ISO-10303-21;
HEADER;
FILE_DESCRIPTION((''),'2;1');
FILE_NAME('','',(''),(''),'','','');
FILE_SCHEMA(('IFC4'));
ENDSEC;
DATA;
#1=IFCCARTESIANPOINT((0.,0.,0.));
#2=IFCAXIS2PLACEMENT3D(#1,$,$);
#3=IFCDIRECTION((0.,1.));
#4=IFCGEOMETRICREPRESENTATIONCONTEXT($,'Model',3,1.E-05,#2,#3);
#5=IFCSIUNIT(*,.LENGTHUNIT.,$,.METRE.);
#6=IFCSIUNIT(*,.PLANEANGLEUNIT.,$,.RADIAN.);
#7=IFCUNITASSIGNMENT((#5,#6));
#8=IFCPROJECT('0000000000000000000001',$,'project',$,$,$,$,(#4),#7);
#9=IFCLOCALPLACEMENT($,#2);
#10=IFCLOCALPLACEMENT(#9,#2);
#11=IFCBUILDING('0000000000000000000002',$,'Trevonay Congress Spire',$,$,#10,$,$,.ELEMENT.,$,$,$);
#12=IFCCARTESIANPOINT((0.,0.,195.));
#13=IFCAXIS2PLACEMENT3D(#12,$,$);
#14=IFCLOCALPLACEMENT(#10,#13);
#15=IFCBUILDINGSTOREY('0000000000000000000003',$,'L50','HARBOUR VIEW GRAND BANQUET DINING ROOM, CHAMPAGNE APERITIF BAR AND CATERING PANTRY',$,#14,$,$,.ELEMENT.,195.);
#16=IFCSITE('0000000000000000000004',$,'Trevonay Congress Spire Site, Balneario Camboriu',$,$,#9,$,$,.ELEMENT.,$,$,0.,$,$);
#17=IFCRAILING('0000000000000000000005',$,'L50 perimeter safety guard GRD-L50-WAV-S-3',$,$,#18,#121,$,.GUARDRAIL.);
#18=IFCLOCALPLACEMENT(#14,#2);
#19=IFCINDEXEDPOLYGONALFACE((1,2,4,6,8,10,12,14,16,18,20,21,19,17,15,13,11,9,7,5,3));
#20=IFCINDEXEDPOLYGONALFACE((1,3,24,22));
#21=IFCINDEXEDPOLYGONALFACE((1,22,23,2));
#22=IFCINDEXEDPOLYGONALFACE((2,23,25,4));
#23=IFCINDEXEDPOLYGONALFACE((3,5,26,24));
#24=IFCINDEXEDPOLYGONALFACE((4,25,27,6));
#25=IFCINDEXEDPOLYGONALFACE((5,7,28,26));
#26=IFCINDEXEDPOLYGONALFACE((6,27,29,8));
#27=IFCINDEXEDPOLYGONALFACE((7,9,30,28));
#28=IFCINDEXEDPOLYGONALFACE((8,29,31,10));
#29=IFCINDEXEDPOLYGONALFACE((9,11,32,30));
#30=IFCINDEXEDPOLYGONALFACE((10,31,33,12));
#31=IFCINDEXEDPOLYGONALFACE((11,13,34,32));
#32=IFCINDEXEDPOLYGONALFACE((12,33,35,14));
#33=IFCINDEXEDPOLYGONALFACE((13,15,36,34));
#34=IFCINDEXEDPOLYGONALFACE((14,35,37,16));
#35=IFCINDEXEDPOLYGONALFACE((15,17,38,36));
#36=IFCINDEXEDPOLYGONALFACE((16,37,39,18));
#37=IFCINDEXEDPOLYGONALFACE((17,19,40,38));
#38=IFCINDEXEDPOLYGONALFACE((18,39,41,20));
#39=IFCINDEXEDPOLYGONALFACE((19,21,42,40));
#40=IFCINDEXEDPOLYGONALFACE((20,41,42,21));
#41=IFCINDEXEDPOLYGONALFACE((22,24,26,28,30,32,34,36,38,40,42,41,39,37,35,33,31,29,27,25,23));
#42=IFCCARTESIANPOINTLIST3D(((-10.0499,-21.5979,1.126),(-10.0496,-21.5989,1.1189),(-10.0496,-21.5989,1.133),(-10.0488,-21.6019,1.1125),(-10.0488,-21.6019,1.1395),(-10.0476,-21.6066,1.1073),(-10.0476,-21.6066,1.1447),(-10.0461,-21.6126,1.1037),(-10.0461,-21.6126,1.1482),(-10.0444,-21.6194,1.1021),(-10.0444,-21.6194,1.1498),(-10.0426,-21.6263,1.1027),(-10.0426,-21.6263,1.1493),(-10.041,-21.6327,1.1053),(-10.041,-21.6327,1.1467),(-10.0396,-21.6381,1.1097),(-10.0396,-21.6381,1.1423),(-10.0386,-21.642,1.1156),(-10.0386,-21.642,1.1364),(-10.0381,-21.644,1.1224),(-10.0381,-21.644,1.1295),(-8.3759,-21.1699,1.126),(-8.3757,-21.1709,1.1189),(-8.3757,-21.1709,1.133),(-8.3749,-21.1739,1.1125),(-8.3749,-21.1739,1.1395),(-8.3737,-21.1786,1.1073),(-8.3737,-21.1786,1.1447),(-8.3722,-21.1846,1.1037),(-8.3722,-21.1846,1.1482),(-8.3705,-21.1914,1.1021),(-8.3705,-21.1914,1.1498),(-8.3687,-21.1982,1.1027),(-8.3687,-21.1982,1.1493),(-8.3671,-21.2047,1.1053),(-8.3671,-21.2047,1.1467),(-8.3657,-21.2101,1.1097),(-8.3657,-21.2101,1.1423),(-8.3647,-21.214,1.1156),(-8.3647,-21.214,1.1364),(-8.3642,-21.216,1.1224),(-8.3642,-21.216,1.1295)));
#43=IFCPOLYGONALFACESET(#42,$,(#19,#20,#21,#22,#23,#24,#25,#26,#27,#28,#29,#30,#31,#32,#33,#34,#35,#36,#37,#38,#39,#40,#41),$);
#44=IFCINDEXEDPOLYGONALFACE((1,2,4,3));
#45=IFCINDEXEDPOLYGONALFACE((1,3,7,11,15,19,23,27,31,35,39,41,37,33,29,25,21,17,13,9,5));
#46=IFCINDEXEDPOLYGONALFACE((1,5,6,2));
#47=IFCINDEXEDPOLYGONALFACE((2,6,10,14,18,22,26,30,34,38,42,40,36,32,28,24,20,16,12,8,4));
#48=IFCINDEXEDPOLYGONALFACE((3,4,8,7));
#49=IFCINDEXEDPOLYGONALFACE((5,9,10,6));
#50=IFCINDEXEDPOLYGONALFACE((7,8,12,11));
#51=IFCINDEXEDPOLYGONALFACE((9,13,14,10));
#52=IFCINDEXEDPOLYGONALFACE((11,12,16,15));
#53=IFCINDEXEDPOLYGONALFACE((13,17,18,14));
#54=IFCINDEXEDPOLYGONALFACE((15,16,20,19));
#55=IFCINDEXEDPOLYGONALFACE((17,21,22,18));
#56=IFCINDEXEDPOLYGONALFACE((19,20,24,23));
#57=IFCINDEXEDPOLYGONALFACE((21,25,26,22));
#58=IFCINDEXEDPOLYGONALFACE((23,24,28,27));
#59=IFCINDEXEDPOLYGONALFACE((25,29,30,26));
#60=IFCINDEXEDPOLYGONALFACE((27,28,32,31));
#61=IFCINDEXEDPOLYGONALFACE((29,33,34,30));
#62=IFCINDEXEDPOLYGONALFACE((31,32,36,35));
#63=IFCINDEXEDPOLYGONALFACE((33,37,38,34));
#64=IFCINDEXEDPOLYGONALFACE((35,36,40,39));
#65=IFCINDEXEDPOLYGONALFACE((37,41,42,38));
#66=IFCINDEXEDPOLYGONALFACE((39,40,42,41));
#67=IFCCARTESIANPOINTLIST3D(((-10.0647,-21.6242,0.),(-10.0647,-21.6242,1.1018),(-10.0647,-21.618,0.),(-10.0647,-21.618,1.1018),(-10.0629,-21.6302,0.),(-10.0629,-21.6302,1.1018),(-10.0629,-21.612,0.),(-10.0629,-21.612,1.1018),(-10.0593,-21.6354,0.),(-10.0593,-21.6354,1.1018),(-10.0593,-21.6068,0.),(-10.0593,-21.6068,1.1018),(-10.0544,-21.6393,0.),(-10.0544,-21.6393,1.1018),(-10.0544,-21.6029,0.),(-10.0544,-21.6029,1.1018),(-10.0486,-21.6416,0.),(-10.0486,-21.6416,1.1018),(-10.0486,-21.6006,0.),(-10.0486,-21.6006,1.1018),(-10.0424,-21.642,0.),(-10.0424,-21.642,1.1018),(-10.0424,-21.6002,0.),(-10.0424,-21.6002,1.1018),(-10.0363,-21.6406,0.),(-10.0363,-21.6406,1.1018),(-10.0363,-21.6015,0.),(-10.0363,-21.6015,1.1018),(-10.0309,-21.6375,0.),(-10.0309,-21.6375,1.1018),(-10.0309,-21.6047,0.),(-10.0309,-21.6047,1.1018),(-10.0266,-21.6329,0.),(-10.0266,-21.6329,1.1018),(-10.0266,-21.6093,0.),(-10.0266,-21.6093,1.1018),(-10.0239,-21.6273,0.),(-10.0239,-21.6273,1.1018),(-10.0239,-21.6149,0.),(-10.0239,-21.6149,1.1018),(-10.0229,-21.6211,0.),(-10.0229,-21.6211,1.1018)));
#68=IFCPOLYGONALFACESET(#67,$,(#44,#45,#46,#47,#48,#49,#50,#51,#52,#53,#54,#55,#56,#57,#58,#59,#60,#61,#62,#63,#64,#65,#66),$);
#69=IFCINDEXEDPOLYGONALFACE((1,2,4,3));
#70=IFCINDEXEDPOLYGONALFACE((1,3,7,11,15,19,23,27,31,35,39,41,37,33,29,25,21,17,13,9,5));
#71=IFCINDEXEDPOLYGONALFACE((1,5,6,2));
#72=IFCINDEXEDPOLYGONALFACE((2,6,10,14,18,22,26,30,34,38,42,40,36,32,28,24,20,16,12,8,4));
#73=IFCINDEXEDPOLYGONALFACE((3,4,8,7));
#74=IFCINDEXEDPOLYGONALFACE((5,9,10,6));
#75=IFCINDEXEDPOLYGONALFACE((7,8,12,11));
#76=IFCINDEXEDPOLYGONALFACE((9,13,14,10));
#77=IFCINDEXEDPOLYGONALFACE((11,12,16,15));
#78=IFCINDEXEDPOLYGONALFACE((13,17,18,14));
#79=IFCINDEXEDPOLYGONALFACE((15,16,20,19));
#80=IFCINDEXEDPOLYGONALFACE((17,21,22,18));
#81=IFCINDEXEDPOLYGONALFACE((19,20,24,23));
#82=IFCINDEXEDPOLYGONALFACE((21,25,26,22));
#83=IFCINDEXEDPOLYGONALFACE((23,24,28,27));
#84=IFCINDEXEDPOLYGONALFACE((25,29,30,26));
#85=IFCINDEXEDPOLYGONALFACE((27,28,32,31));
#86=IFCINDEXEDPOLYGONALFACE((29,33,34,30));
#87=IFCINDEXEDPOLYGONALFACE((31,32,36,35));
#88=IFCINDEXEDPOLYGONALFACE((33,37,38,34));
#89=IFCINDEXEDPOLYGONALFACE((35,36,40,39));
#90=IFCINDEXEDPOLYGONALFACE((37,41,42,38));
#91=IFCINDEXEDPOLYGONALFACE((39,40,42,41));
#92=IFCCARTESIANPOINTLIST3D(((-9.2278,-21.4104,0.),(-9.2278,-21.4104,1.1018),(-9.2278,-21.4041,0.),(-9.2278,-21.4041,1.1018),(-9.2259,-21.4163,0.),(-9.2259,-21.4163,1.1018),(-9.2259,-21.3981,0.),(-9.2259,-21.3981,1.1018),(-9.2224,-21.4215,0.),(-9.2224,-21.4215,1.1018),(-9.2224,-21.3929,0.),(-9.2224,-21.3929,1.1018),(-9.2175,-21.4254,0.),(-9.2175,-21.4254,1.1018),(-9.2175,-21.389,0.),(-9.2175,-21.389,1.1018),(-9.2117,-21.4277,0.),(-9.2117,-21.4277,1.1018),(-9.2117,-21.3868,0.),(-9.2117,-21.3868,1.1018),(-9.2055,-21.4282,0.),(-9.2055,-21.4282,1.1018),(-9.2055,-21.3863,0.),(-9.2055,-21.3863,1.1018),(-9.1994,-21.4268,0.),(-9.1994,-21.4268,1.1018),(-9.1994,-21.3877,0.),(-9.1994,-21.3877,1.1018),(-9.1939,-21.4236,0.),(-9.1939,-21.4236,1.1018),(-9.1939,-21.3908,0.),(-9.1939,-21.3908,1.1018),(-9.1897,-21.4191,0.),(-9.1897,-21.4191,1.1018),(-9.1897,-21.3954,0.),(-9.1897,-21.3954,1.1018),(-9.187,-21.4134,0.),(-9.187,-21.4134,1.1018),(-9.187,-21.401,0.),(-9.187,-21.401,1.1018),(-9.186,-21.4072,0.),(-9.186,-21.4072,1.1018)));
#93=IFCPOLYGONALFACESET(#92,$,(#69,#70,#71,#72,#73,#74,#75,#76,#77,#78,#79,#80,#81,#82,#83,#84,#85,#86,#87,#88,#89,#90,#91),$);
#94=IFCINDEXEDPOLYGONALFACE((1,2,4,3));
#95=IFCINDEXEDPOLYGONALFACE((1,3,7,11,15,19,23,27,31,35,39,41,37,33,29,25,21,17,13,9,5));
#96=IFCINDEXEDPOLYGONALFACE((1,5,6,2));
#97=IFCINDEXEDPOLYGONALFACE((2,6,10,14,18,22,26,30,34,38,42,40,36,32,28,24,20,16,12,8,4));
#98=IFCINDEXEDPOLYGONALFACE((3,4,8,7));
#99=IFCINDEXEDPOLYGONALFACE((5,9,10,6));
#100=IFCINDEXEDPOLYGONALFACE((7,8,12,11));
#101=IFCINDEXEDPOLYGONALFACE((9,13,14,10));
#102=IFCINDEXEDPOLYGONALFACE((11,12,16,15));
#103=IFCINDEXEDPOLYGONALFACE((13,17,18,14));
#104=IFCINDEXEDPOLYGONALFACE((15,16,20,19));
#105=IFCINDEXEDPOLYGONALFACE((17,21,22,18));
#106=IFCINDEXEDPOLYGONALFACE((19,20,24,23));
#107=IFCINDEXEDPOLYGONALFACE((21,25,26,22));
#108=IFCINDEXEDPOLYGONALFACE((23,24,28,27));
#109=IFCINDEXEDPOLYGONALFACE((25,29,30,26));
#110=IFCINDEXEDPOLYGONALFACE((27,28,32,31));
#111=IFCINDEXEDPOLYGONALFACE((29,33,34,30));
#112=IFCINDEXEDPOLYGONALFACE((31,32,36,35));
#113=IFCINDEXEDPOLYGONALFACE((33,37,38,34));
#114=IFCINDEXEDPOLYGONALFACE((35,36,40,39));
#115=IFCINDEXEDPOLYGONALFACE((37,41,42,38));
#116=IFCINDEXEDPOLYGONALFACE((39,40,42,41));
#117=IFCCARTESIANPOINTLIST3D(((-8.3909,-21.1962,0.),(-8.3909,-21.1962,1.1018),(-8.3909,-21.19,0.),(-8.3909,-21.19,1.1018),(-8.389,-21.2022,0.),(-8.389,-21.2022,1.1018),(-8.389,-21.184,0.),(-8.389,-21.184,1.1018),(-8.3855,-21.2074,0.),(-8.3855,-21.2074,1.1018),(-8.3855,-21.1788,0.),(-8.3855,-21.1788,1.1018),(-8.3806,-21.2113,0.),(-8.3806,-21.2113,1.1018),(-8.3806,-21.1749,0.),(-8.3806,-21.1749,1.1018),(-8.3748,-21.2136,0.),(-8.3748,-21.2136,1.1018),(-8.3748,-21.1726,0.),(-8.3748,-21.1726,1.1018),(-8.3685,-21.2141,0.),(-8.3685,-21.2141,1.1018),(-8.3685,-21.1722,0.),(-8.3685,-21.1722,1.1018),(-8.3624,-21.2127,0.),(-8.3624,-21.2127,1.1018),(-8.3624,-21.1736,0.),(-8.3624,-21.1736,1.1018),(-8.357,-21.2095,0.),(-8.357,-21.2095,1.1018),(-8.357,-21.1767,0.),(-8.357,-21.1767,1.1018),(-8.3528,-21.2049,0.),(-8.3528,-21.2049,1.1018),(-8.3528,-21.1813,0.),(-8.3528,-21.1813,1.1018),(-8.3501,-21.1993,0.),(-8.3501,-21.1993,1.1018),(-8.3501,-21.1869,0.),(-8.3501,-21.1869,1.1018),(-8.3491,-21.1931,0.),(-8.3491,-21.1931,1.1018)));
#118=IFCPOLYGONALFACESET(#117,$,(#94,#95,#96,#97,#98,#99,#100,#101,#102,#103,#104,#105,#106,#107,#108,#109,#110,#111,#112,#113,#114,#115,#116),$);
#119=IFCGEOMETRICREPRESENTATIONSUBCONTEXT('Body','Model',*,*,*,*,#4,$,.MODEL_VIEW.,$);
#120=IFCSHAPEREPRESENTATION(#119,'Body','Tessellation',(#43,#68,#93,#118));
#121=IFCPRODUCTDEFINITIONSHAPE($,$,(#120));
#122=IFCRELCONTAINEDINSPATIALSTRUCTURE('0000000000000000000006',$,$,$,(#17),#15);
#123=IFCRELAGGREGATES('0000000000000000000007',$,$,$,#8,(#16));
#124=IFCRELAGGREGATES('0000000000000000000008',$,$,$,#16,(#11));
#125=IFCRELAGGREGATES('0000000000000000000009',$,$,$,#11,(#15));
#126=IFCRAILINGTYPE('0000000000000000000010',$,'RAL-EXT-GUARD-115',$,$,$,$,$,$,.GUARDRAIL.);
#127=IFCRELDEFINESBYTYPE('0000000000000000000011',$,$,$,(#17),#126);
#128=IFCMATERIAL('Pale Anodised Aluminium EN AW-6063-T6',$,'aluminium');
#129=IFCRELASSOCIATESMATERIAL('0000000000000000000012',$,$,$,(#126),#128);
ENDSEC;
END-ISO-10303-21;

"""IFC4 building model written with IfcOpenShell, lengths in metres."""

from ifc_helpers import new_model, si_unit, direction, frame, origin, origin_2d, place, context, subcontext, project, spatial, circle, extrude, material, type_object, element, save


model = new_model("IFC4")

# Units and contexts
model_context = context("Model", 3, precision=1e-05, world=origin(), true_north=direction((0.0, 1.0)))
body_context = subcontext(model_context, "Body", "Model", "MODEL_VIEW")
ifc_project = project(units=[si_unit("LENGTHUNIT", "METRE"), si_unit("PLANEANGLEUNIT", "RADIAN")], contexts=[model_context])

# Site, building, storey
site_placement = place(None, origin())
site = spatial("IfcSite", under=ifc_project, at=site_placement, Name="Trevonay Congress Spire Site, Balneario Camboriu", CompositionType="ELEMENT", RefElevation=0.0)
building_placement = place(site_placement, origin())
building = spatial("IfcBuilding", under=site, at=building_placement, Name="Trevonay Congress Spire", CompositionType="ELEMENT")
storey_placement = place(building_placement, frame((0.0, 0.0, 195.0)))
storey = spatial("IfcBuildingStorey", under=building, at=storey_placement, Name="L50", Description="HARBOUR VIEW GRAND BANQUET DINING ROOM, CHAMPAGNE APERITIF BAR AND CATERING PANTRY", CompositionType="ELEMENT", Elevation=195.0)

# Shared definitions
ifc_material_1 = material(Name="Pale Anodised Aluminium EN AW-6063-T6", Category="aluminium")

# Railing
railing_type = type_object("IfcRailingType", Name="RAL-EXT-GUARD-115", PredefinedType="GUARDRAIL", material=ifc_material_1)
railing_1_placement = place(storey_placement, frame((-10.0439, -21.6211, 0.0)))
element("IfcRailing", 1, at=railing_1_placement, inside=storey, type_object=railing_type, Name="L50 perimeter safety guard GRD-L50-WAV-S-3", PredefinedType="GUARDRAIL", context=body_context, shape_type="SweptSolid", body=[
    extrude(circle(Radius=0.0239, at=origin_2d()), frame((0.0, 0.0, 1.126), z_axis=(0.968832, 0.247719, 0.0), x_axis=(-0.247719, 0.968832, 0.0)), (0.0, 0.0, 1.0), 1.7278),
    extrude(circle(Radius=0.021, at=origin_2d()), origin(), (0.0, 0.0, 1.0), 1.1018),
    extrude(circle(Radius=0.021, at=origin_2d()), frame((0.8369, 0.2139, 0.0)), (0.0, 0.0, 1.0), 1.1018),
    extrude(circle(Radius=0.021, at=origin_2d()), frame((1.6738, 0.428, 0.0)), (0.0, 0.0, 1.0), 1.1018),
])

save(model, "model.ifc")
